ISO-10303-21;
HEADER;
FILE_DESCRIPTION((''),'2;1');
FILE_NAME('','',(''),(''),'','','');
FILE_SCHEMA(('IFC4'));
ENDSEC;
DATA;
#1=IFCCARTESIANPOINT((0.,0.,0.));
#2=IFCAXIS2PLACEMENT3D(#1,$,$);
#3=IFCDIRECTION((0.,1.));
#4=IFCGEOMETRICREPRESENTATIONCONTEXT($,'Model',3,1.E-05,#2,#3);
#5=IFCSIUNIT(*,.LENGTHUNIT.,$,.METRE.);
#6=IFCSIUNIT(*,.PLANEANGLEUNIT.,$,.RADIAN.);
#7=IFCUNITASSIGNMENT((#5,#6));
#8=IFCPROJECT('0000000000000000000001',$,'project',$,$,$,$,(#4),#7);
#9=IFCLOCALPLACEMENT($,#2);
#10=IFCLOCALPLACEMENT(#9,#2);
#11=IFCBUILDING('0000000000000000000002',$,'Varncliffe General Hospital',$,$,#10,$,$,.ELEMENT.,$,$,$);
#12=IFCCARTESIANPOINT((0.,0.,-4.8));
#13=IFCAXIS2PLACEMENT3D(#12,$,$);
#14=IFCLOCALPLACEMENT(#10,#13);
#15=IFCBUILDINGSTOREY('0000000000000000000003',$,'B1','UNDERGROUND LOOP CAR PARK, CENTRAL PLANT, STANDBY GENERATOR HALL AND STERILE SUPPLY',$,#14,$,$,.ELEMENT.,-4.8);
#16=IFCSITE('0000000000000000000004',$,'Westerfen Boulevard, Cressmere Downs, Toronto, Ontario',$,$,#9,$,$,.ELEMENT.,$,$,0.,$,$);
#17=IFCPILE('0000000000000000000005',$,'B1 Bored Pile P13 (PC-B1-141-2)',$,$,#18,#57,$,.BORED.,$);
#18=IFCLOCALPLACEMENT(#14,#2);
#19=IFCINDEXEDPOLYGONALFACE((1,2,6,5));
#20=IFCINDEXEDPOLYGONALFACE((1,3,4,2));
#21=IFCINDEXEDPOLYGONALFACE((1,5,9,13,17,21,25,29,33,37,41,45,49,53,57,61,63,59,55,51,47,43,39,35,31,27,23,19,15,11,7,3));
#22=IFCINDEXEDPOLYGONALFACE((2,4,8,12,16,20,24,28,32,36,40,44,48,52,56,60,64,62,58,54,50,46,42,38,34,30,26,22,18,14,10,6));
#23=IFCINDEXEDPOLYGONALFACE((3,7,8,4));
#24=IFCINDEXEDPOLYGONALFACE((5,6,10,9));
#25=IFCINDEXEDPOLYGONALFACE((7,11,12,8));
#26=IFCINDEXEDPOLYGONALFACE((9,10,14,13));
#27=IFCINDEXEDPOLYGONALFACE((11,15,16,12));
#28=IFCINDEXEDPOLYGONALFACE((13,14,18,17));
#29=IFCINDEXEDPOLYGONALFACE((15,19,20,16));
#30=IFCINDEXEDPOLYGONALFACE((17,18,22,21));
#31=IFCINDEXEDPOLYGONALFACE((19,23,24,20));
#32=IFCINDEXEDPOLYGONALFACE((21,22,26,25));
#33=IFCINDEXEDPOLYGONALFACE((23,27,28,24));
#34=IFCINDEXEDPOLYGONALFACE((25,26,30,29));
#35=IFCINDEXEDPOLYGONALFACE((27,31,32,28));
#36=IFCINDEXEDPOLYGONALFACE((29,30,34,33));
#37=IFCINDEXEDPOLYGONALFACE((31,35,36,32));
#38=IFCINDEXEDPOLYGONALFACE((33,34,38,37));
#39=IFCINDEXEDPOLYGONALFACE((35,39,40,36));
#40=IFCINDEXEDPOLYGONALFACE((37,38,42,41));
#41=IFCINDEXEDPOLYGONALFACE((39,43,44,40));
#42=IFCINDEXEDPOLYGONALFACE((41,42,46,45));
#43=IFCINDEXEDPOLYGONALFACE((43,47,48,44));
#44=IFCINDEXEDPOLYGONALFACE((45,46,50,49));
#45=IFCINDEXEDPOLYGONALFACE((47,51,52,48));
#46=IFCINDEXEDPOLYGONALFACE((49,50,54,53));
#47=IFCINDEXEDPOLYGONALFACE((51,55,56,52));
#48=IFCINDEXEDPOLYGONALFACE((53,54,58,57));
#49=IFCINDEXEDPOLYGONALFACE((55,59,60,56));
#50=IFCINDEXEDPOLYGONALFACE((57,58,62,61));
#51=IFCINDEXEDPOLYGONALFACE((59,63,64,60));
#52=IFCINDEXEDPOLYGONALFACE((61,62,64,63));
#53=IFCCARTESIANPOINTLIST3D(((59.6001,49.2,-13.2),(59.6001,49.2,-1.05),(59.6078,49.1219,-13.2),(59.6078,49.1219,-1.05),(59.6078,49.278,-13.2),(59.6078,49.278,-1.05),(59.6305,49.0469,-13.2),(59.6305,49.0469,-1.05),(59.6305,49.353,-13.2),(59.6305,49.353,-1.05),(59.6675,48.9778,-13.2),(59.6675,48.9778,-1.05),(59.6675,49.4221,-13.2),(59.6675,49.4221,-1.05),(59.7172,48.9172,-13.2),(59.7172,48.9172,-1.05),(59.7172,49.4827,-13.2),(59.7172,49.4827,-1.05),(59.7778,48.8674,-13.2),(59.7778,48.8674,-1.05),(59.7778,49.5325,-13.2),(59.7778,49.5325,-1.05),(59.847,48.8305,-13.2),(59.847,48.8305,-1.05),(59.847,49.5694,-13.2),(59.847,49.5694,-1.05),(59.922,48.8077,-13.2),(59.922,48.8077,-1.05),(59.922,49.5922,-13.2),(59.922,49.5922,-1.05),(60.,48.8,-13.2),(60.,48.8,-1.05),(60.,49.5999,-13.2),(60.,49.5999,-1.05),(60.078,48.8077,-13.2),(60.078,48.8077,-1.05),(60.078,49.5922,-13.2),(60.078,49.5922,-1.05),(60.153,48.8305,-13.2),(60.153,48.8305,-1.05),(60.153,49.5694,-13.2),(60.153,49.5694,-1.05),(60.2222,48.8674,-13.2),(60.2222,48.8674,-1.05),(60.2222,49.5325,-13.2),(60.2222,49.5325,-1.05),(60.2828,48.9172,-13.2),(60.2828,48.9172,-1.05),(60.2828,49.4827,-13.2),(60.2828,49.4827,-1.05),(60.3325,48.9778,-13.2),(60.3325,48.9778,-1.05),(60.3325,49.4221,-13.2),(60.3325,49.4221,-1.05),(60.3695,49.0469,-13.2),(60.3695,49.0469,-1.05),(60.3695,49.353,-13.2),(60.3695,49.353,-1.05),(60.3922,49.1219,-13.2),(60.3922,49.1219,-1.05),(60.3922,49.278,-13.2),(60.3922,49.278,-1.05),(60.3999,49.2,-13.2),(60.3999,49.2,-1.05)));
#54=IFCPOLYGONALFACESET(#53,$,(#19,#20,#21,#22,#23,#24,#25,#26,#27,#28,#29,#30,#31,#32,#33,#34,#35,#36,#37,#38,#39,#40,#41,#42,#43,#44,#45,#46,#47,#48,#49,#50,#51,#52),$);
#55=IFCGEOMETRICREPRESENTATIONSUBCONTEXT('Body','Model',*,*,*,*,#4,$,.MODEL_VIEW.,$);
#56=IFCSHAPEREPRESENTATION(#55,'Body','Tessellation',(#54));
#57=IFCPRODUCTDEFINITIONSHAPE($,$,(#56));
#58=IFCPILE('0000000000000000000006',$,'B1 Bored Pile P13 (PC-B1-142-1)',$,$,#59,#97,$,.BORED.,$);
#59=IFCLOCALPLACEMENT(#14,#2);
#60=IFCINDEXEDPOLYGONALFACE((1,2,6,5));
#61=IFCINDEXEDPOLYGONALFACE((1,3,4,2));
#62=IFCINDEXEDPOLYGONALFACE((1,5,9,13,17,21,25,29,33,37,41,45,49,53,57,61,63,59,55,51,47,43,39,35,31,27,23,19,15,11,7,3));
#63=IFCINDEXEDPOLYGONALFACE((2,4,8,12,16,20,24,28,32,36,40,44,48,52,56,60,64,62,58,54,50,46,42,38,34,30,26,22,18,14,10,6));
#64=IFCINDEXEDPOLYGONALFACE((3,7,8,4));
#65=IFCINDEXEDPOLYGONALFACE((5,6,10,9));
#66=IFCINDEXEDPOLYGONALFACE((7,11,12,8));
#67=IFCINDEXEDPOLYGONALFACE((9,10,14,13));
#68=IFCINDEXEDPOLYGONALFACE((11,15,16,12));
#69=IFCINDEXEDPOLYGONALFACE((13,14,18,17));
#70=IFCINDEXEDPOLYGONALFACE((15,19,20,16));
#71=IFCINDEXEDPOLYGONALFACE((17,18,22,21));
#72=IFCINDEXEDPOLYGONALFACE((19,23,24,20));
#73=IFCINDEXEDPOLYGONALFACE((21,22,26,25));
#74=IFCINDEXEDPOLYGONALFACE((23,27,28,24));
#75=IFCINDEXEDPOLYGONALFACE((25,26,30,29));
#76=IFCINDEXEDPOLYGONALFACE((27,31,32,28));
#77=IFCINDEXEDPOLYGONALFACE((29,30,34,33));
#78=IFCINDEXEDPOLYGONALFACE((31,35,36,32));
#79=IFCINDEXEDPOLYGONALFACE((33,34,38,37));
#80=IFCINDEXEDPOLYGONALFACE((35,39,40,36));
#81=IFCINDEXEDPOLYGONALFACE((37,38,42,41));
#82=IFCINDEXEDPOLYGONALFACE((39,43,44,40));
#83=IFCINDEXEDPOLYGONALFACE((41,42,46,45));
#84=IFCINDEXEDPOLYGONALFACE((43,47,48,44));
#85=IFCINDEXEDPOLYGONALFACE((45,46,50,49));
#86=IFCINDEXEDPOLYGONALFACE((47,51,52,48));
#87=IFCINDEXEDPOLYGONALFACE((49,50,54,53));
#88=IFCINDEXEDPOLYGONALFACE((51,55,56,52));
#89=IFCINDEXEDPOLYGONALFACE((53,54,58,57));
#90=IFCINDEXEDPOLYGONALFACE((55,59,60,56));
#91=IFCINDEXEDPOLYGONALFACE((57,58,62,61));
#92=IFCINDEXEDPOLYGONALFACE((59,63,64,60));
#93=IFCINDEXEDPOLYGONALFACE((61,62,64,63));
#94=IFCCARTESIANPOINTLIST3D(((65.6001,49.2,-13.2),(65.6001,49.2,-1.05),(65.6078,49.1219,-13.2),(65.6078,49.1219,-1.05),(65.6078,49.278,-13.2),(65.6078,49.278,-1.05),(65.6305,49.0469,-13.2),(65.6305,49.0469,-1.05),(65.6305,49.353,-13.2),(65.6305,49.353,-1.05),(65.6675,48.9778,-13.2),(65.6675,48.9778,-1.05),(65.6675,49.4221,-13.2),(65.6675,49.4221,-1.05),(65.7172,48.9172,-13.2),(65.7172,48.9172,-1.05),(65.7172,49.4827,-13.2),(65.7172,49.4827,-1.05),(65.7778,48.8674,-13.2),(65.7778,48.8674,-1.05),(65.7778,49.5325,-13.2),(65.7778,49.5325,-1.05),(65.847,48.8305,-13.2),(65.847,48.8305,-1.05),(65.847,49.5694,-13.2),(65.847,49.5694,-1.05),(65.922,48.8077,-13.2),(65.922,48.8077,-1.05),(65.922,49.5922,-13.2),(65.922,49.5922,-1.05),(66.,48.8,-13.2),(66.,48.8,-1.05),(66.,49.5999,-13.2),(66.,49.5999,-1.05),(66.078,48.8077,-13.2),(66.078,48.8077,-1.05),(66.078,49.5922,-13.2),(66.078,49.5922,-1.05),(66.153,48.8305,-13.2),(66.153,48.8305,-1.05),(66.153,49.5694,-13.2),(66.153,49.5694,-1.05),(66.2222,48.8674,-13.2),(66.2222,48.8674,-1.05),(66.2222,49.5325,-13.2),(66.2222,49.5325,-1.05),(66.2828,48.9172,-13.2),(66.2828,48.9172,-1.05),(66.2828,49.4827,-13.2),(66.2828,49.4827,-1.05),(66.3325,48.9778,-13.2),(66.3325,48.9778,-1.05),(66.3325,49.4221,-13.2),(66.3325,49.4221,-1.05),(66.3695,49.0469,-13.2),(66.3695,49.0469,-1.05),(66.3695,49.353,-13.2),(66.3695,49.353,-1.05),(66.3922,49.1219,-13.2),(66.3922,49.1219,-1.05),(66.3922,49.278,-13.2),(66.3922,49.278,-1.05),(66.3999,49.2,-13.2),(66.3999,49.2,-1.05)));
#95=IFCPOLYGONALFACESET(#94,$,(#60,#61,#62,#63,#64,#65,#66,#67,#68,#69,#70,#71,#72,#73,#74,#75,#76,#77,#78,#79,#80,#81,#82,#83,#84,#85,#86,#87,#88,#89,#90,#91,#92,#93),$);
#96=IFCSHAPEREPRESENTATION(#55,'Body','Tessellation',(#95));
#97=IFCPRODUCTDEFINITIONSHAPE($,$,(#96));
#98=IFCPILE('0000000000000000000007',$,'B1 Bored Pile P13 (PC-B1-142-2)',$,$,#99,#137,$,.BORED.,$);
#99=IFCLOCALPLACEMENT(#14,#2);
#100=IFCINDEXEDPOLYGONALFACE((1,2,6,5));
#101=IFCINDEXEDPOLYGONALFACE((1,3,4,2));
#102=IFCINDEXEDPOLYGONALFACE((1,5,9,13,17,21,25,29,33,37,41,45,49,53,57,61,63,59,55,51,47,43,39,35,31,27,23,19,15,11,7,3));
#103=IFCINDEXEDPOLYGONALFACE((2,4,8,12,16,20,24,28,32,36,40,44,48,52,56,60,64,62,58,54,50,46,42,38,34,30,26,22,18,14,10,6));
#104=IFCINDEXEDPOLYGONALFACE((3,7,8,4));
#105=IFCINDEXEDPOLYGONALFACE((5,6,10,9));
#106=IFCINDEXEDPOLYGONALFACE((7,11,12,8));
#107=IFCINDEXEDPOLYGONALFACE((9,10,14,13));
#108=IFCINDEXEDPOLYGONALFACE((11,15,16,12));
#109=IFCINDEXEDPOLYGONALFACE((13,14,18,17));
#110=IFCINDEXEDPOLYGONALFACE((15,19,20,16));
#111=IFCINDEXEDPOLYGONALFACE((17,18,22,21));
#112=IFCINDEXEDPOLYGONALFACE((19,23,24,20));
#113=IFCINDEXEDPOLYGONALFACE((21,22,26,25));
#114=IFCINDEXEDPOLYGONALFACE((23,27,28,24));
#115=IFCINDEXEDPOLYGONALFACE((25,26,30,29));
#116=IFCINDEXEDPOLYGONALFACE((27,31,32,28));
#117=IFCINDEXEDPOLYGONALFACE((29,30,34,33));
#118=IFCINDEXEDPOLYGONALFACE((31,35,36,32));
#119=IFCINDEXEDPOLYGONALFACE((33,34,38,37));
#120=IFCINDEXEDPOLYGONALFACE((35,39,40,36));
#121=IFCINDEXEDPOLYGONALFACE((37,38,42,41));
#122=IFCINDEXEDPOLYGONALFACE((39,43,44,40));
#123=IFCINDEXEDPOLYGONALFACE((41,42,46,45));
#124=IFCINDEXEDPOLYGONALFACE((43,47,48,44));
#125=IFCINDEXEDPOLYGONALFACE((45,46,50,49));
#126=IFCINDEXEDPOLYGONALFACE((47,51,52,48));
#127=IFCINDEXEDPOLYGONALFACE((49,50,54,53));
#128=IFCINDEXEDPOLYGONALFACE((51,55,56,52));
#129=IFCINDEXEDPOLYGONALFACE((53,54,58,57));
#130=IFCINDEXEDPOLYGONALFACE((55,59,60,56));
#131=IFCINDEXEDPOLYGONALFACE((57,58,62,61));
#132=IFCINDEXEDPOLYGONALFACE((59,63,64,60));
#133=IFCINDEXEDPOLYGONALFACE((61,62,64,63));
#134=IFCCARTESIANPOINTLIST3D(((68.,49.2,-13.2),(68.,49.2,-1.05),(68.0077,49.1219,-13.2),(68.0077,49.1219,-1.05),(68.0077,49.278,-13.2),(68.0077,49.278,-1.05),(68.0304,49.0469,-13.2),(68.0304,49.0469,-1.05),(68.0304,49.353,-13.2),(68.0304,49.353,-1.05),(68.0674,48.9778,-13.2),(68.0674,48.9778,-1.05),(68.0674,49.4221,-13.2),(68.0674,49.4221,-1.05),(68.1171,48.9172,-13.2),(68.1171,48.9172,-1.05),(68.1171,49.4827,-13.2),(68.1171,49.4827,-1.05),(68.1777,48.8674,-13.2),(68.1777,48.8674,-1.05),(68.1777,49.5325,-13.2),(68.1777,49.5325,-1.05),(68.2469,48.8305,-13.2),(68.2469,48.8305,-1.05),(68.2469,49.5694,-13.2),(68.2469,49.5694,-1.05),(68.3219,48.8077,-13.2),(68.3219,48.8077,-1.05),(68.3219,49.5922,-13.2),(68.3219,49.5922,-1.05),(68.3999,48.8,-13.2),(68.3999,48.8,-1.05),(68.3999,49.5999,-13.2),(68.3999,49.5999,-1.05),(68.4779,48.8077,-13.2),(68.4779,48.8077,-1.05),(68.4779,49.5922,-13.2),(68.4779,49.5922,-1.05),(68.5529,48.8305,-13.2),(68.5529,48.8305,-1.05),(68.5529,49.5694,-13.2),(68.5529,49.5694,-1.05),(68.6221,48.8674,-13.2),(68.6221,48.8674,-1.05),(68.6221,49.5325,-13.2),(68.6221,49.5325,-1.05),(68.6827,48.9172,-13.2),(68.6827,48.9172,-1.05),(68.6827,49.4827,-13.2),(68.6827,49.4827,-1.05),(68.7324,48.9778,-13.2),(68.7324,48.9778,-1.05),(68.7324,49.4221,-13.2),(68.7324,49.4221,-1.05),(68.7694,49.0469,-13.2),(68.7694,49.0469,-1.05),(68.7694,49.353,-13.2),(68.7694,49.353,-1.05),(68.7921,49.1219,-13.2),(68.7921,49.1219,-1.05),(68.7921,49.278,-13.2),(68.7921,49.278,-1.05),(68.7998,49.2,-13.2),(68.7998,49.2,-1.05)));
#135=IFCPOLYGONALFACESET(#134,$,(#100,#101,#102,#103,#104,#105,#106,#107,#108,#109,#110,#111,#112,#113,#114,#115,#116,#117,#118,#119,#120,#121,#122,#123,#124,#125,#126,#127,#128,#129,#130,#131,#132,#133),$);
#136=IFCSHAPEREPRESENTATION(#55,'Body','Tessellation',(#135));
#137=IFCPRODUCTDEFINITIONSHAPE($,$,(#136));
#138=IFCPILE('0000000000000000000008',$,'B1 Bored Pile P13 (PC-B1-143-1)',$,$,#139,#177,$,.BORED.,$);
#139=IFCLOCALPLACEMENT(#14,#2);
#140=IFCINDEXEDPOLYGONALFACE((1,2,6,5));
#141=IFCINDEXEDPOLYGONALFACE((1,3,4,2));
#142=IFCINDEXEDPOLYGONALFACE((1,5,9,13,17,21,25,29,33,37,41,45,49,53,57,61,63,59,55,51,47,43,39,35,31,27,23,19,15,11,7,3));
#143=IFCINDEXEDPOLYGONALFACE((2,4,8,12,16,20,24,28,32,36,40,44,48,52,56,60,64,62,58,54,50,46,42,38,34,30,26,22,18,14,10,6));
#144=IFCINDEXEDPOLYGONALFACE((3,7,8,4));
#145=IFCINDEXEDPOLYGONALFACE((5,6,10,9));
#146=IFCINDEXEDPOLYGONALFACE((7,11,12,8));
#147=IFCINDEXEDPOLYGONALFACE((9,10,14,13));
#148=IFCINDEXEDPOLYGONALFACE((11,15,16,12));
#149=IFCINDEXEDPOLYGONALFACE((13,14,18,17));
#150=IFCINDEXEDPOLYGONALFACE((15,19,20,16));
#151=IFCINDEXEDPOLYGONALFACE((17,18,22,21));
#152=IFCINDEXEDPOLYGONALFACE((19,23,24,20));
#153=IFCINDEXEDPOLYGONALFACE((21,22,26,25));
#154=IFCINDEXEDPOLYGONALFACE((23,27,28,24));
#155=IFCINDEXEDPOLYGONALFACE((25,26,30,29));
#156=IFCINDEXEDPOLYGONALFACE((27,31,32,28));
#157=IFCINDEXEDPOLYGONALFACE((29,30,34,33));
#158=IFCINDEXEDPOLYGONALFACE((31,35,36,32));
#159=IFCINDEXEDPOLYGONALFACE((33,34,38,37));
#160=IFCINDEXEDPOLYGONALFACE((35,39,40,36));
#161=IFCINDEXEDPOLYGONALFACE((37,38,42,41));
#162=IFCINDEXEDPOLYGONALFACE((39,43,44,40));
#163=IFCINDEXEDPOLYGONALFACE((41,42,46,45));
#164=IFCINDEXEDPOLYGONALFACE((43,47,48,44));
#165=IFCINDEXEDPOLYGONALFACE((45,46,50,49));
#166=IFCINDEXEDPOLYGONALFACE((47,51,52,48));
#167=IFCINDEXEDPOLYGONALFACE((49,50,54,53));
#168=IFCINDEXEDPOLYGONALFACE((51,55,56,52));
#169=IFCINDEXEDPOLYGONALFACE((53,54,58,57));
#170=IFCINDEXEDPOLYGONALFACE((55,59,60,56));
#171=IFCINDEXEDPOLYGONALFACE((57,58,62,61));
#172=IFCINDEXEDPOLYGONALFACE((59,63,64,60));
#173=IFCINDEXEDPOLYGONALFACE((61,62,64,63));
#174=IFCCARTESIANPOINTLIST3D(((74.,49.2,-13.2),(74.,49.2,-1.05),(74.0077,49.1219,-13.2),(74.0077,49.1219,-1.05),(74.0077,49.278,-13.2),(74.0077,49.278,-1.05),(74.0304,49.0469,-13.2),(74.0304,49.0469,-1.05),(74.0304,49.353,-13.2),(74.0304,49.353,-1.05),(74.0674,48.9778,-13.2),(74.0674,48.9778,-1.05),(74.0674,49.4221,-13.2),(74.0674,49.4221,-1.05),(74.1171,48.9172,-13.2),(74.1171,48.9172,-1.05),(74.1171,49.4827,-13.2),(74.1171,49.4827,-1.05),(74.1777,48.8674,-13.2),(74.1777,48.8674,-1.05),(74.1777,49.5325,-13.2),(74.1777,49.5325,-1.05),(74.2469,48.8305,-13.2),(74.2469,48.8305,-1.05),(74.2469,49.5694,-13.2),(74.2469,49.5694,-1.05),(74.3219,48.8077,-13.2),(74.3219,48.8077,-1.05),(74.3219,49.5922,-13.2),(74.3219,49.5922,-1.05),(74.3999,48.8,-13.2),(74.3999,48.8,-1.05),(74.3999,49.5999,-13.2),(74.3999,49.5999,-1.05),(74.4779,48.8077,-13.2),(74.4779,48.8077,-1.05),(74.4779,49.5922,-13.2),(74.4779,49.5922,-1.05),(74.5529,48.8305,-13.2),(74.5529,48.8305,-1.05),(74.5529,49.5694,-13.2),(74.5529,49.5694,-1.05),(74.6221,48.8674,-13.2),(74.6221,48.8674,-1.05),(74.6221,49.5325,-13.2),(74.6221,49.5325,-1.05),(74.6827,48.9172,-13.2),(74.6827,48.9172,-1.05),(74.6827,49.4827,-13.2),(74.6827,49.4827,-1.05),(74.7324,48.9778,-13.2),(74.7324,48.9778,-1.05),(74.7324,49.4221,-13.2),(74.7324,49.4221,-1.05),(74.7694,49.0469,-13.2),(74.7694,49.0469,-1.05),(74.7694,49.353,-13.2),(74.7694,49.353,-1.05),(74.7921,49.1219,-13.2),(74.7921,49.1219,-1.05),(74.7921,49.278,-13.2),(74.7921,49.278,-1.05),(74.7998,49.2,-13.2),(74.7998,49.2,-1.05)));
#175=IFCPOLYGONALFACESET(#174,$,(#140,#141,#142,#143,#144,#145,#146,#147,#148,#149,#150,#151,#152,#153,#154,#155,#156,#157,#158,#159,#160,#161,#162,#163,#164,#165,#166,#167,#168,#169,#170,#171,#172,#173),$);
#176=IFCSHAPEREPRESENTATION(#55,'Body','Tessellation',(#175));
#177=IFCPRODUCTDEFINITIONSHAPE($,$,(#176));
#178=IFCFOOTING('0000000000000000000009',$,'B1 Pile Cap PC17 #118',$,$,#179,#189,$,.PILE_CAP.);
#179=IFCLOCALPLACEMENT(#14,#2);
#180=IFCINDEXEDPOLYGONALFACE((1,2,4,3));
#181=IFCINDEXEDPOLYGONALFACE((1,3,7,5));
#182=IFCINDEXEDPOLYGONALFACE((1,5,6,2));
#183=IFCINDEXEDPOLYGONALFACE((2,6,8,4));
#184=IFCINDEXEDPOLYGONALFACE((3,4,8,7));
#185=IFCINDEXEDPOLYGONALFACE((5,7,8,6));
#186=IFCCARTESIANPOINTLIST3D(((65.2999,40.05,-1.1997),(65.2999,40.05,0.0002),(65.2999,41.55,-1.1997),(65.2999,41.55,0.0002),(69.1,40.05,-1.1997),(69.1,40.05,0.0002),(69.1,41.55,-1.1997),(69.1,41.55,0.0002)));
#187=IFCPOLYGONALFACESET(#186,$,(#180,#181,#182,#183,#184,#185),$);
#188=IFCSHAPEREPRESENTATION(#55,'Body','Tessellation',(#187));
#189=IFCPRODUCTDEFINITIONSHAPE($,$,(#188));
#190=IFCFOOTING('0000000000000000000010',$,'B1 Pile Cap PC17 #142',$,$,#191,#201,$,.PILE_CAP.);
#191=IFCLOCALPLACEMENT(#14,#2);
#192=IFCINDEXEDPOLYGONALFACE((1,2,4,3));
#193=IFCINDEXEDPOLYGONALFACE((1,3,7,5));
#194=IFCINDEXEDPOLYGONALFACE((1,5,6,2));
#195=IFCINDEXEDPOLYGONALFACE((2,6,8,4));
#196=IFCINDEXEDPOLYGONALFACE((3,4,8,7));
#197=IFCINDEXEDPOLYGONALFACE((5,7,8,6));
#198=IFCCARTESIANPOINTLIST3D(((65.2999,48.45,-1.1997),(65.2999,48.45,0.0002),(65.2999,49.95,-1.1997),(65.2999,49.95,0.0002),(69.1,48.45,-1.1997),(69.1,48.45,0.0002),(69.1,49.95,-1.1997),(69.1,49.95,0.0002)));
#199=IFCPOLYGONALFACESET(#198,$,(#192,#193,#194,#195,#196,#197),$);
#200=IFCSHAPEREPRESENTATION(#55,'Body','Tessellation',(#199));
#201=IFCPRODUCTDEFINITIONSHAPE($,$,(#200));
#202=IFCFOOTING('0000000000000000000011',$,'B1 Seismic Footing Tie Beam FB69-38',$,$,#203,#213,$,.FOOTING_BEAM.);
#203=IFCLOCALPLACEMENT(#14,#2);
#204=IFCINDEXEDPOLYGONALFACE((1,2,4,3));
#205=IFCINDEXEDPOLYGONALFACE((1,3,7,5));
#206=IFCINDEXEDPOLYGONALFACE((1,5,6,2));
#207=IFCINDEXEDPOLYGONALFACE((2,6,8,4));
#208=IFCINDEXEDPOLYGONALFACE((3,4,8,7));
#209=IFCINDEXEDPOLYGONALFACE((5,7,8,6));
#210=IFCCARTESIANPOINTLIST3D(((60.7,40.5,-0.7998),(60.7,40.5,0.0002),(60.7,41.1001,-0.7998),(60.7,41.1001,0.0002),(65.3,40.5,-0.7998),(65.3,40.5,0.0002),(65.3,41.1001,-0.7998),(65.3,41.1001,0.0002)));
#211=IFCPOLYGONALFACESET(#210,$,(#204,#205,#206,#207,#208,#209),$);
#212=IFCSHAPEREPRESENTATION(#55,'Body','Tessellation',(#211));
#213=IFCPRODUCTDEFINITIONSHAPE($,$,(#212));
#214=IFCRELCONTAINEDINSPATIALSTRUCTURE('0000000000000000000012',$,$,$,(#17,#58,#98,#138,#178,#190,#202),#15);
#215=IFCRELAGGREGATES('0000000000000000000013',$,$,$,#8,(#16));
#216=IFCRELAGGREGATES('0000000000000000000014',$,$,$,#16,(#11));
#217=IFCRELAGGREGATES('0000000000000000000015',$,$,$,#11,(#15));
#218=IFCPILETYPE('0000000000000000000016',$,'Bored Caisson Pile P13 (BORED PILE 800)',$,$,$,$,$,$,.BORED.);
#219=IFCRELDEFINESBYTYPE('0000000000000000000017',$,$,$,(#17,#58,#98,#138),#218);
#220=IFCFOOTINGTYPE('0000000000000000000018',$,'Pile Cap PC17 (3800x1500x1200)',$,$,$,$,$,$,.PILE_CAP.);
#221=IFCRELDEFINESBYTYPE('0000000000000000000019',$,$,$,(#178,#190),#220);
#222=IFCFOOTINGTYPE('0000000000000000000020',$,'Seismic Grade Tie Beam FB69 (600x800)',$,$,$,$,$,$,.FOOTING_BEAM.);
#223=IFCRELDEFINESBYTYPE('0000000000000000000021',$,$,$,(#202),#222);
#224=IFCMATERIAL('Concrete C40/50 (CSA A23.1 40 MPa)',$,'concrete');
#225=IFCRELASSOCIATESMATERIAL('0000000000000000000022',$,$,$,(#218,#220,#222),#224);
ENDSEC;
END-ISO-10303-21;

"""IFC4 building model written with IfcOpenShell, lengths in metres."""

from ifc_helpers import new_model, si_unit, direction, frame, origin, origin_2d, place, context, subcontext, project, spatial, rectangle, circle, extrude, material, material_profile, profile_set, type_object, element, save


model = new_model("IFC4")

# Units and contexts
model_context = context("Model", 3, precision=1e-05, world=origin(), true_north=direction((0.0, 1.0)))
body_context = subcontext(model_context, "Body", "Model", "MODEL_VIEW")
ifc_project = project(units=[si_unit("LENGTHUNIT", "METRE"), si_unit("PLANEANGLEUNIT", "RADIAN")], contexts=[model_context])

# Site, building, storey
site_placement = place(None, origin())
site = spatial("IfcSite", under=ifc_project, at=site_placement, Name="Westerfen Boulevard, Cressmere Downs, Toronto, Ontario", CompositionType="ELEMENT", RefElevation=0.0)
building_placement = place(site_placement, origin())
building = spatial("IfcBuilding", under=site, at=building_placement, Name="Varncliffe General Hospital", CompositionType="ELEMENT")
storey_placement = place(building_placement, frame((0.0, 0.0, -4.8)))
storey = spatial("IfcBuildingStorey", under=building, at=storey_placement, Name="B1", Description="UNDERGROUND LOOP CAR PARK, CENTRAL PLANT, STANDBY GENERATOR HALL AND STERILE SUPPLY", CompositionType="ELEMENT", Elevation=-4.8)

# Piles
ifc_material_1 = material(Name="Concrete C40/50 (CSA A23.1 40 MPa)", Category="concrete")
ifc_material_profile_1 = material_profile(ifc_material_1, circle(Radius=0.3999, at=origin_2d()), Name="BORED PILE 800")
ifc_profile_set_1 = profile_set([ifc_material_profile_1], Name="Concrete C40/50 (CSA A23.1 40 MPa)")
pile_type = type_object("IfcPileType", Name="Bored Caisson Pile P13 (BORED PILE 800)", PredefinedType="BORED", material=ifc_profile_set_1)
for number, where, z_axis, x_axis, name in (
    (1, (60.0, 49.2, -1.05), (0.0, 0.0, -1.0), (1.0, 0.0, 0.0), "B1 Bored Pile P13 (PC-B1-141-2)"),
    (2, (66.0, 49.2, -1.05), (0.0, 0.0, -1.0), (1.0, 0.0, 0.0), "B1 Bored Pile P13 (PC-B1-142-1)"),
    (3, (68.3999, 49.2, -1.05), (0.0, 0.0, -1.0), (1.0, 0.0, 0.0), "B1 Bored Pile P13 (PC-B1-142-2)"),
    (4, (74.3999, 49.2, -1.05), (0.0, 0.0, -1.0), (1.0, 0.0, 0.0), "B1 Bored Pile P13 (PC-B1-143-1)"),
):
    element("IfcPile", number, at=place(storey_placement, frame(where, z_axis=z_axis, x_axis=x_axis)), inside=storey, type_object=pile_type, Name=name, PredefinedType="BORED", context=body_context, shape_type="SweptSolid", body=[
        extrude(circle(Radius=0.3999, at=origin_2d()), origin(), (0.0, 0.0, 1.0), 12.1499),
    ])

# Footings
footing_type_1 = type_object("IfcFootingType", Name="Pile Cap PC17 (3800x1500x1200)", PredefinedType="PILE_CAP", material=ifc_material_1)
for number, where, z_axis, x_axis, name in (
    (5, (67.2, 40.8, -1.1997), (0.0, 0.0, 1.0), (1.0, 0.0, 0.0), "B1 Pile Cap PC17 #118"),
    (6, (67.2, 49.2, -1.1997), (0.0, 0.0, 1.0), (1.0, 0.0, 0.0), "B1 Pile Cap PC17 #142"),
):
    element("IfcFooting", number, at=place(storey_placement, frame(where, z_axis=z_axis, x_axis=x_axis)), inside=storey, type_object=footing_type_1, Name=name, PredefinedType="PILE_CAP", context=body_context, shape_type="SweptSolid", body=[
        extrude(rectangle(XDim=3.8, YDim=1.5, at=origin_2d()), origin(), (0.0, 0.0, 1.0), 1.2),
    ])
footing_type_2 = type_object("IfcFootingType", Name="Seismic Grade Tie Beam FB69 (600x800)", PredefinedType="FOOTING_BEAM", material=ifc_material_1)
for number, where, z_axis, x_axis, name in (
    (7, (63.0, 40.8, -0.7998), (0.0, 0.0, 1.0), (1.0, 0.0, 0.0), "B1 Seismic Footing Tie Beam FB69-38"),
):
    element("IfcFooting", number, at=place(storey_placement, frame(where, z_axis=z_axis, x_axis=x_axis)), inside=storey, type_object=footing_type_2, Name=name, PredefinedType="FOOTING_BEAM", context=body_context, shape_type="SweptSolid", body=[
        extrude(rectangle(XDim=4.6001, YDim=0.6001, at=origin_2d()), origin(), (0.0, 0.0, 1.0), 0.8),
    ])

save(model, "model.ifc")
